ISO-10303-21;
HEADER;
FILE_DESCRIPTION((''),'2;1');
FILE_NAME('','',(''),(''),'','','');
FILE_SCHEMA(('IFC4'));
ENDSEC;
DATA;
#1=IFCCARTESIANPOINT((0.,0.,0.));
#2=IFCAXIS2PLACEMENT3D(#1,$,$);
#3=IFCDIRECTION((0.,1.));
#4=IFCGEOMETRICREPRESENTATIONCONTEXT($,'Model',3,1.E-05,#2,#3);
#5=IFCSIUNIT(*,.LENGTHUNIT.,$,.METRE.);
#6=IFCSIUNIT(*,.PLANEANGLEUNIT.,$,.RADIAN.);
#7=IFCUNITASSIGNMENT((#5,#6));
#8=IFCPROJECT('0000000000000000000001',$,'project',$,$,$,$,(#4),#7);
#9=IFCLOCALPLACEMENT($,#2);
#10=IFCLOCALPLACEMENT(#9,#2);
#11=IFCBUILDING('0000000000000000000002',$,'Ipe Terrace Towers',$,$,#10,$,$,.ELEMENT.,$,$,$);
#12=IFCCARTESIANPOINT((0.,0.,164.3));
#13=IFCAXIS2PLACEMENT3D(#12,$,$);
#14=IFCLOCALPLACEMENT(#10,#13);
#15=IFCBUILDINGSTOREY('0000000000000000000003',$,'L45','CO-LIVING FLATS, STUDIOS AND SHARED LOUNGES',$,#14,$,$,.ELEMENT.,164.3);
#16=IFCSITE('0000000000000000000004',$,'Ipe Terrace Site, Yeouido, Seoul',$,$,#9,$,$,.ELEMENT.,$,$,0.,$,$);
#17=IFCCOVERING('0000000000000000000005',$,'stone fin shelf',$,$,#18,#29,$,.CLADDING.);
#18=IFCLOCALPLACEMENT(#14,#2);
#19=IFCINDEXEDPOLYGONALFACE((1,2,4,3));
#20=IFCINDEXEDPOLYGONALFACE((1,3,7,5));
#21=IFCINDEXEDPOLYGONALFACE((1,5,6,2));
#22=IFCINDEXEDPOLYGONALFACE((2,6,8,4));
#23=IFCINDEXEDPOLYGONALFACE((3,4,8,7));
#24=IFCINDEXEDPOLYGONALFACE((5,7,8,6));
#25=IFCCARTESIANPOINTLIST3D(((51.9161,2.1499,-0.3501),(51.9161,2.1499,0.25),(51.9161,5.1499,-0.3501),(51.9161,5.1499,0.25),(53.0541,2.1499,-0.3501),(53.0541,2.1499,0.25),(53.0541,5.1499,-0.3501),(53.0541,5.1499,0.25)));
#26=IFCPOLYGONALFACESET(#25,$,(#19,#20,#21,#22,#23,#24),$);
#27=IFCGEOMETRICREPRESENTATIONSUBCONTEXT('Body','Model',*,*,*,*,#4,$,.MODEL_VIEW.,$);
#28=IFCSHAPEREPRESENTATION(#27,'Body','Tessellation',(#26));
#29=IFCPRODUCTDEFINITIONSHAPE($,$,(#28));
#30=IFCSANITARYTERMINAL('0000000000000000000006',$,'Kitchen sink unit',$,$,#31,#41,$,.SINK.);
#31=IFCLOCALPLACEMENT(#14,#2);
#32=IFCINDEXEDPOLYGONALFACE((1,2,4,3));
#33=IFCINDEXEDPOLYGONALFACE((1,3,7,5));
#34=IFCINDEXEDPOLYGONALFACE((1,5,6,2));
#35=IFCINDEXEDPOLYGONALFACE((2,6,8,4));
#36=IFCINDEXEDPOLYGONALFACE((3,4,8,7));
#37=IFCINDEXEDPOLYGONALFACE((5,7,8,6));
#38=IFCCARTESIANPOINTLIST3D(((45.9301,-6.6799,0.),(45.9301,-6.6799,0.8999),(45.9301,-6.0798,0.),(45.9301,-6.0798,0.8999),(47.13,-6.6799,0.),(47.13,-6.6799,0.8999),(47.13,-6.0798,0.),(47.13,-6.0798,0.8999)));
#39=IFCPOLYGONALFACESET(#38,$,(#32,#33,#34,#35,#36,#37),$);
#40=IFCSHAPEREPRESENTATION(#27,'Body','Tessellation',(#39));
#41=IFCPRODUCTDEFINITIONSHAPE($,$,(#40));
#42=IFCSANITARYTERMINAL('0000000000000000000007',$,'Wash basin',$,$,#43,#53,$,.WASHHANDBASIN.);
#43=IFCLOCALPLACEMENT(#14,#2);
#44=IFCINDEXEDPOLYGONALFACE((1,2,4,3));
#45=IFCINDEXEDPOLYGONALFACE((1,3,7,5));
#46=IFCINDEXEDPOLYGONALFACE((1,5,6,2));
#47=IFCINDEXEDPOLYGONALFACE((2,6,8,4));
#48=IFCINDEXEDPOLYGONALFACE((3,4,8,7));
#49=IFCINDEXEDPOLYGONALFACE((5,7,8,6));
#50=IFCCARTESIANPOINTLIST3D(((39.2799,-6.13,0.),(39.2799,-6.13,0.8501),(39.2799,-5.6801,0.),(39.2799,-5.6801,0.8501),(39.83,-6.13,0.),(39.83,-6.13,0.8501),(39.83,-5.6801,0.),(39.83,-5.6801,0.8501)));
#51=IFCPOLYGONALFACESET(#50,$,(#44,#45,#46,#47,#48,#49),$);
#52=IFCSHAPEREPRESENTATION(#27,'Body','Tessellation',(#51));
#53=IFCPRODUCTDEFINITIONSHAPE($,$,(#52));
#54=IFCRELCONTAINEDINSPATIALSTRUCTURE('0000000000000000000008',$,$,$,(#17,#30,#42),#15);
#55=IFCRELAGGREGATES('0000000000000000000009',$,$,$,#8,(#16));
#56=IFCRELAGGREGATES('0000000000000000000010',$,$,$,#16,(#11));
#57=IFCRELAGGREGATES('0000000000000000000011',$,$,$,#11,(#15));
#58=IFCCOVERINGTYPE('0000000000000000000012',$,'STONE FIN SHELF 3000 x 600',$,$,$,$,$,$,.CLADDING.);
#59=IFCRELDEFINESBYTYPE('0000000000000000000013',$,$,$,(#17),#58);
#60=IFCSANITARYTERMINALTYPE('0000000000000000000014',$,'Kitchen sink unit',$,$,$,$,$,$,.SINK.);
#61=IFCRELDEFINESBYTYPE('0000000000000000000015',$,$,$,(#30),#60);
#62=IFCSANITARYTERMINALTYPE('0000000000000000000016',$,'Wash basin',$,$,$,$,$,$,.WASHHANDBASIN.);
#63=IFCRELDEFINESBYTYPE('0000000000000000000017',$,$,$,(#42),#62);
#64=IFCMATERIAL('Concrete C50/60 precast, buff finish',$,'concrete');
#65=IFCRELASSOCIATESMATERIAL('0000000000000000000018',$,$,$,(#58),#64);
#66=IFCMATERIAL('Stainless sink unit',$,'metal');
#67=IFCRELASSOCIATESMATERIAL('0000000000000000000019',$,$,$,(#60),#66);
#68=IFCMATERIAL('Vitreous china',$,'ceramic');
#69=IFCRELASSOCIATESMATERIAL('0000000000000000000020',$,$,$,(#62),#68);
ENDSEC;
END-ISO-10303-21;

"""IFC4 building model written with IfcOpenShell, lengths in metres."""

from ifc_helpers import new_model, si_unit, direction, frame, origin, origin_2d, place, context, subcontext, project, spatial, rectangle, extrude, material, type_object, element, save


model = new_model("IFC4")

# Units and contexts
model_context = context("Model", 3, precision=1e-05, world=origin(), true_north=direction((0.0, 1.0)))
body_context = subcontext(model_context, "Body", "Model", "MODEL_VIEW")
ifc_project = project(units=[si_unit("LENGTHUNIT", "METRE"), si_unit("PLANEANGLEUNIT", "RADIAN")], contexts=[model_context])

# Site, building, storey
site_placement = place(None, origin())
site = spatial("IfcSite", under=ifc_project, at=site_placement, Name="Ipe Terrace Site, Yeouido, Seoul", CompositionType="ELEMENT", RefElevation=0.0)
building_placement = place(site_placement, origin())
building = spatial("IfcBuilding", under=site, at=building_placement, Name="Ipe Terrace Towers", CompositionType="ELEMENT")
storey_placement = place(building_placement, frame((0.0, 0.0, 164.3)))
storey = spatial("IfcBuildingStorey", under=building, at=storey_placement, Name="L45", Description="CO-LIVING FLATS, STUDIOS AND SHARED LOUNGES", CompositionType="ELEMENT", Elevation=164.3)

# Covering
ifc_material_1 = material(Name="Concrete C50/60 precast, buff finish", Category="concrete")
covering_type_1 = type_object("IfcCoveringType", Name="STONE FIN SHELF 3000 x 600", PredefinedType="CLADDING", material=ifc_material_1)
for number, where, z_axis, x_axis, name in (
    (1, (52.4851, 3.6499, -0.3501), (0.0, 0.0, 1.0), (0.0, 1.0, 0.0), "stone fin shelf"),
):
    element("IfcCovering", number, at=place(storey_placement, frame(where, z_axis=z_axis, x_axis=x_axis)), inside=storey, type_object=covering_type_1, Name=name, PredefinedType="CLADDING", context=body_context, shape_type="SweptSolid", body=[
        extrude(rectangle(XDim=3.0, YDim=1.1379, at=origin_2d()), origin(), (0.0, 0.0, 1.0), 0.6001),
    ])

# Sanitary terminals
ifc_material_2 = material(Name="Stainless sink unit", Category="metal")
sanitary_terminal_type_1 = type_object("IfcSanitaryTerminalType", Name="Kitchen sink unit", PredefinedType="SINK", material=ifc_material_2)
sanitary_terminal_1_placement = place(storey_placement, frame((46.53, -6.3799, 0.0), z_axis=(0.0, 0.0, 1.0), x_axis=(-1.0, 0.0, 0.0)))
element("IfcSanitaryTerminal", 2, at=sanitary_terminal_1_placement, inside=storey, type_object=sanitary_terminal_type_1, Name="Kitchen sink unit", PredefinedType="SINK", context=body_context, shape_type="SweptSolid", body=[
    extrude(rectangle(XDim=1.2, YDim=0.6001, at=origin_2d()), origin(), (0.0, 0.0, 1.0), 0.8999),
])
ifc_material_3 = material(Name="Vitreous china", Category="ceramic")
sanitary_terminal_type_2 = type_object("IfcSanitaryTerminalType", Name="Wash basin", PredefinedType="WASHHANDBASIN", material=ifc_material_3)
sanitary_terminal_2_placement = place(storey_placement, frame((39.5549, -5.905, 0.0), z_axis=(0.0, 0.0, 1.0), x_axis=(-1.0, 0.0, 0.0)))
element("IfcSanitaryTerminal", 3, at=sanitary_terminal_2_placement, inside=storey, type_object=sanitary_terminal_type_2, Name="Wash basin", PredefinedType="WASHHANDBASIN", context=body_context, shape_type="SweptSolid", body=[
    extrude(rectangle(XDim=0.55, YDim=0.45, at=origin_2d()), origin(), (0.0, 0.0, 1.0), 0.8501),
])

save(model, "model.ifc")
